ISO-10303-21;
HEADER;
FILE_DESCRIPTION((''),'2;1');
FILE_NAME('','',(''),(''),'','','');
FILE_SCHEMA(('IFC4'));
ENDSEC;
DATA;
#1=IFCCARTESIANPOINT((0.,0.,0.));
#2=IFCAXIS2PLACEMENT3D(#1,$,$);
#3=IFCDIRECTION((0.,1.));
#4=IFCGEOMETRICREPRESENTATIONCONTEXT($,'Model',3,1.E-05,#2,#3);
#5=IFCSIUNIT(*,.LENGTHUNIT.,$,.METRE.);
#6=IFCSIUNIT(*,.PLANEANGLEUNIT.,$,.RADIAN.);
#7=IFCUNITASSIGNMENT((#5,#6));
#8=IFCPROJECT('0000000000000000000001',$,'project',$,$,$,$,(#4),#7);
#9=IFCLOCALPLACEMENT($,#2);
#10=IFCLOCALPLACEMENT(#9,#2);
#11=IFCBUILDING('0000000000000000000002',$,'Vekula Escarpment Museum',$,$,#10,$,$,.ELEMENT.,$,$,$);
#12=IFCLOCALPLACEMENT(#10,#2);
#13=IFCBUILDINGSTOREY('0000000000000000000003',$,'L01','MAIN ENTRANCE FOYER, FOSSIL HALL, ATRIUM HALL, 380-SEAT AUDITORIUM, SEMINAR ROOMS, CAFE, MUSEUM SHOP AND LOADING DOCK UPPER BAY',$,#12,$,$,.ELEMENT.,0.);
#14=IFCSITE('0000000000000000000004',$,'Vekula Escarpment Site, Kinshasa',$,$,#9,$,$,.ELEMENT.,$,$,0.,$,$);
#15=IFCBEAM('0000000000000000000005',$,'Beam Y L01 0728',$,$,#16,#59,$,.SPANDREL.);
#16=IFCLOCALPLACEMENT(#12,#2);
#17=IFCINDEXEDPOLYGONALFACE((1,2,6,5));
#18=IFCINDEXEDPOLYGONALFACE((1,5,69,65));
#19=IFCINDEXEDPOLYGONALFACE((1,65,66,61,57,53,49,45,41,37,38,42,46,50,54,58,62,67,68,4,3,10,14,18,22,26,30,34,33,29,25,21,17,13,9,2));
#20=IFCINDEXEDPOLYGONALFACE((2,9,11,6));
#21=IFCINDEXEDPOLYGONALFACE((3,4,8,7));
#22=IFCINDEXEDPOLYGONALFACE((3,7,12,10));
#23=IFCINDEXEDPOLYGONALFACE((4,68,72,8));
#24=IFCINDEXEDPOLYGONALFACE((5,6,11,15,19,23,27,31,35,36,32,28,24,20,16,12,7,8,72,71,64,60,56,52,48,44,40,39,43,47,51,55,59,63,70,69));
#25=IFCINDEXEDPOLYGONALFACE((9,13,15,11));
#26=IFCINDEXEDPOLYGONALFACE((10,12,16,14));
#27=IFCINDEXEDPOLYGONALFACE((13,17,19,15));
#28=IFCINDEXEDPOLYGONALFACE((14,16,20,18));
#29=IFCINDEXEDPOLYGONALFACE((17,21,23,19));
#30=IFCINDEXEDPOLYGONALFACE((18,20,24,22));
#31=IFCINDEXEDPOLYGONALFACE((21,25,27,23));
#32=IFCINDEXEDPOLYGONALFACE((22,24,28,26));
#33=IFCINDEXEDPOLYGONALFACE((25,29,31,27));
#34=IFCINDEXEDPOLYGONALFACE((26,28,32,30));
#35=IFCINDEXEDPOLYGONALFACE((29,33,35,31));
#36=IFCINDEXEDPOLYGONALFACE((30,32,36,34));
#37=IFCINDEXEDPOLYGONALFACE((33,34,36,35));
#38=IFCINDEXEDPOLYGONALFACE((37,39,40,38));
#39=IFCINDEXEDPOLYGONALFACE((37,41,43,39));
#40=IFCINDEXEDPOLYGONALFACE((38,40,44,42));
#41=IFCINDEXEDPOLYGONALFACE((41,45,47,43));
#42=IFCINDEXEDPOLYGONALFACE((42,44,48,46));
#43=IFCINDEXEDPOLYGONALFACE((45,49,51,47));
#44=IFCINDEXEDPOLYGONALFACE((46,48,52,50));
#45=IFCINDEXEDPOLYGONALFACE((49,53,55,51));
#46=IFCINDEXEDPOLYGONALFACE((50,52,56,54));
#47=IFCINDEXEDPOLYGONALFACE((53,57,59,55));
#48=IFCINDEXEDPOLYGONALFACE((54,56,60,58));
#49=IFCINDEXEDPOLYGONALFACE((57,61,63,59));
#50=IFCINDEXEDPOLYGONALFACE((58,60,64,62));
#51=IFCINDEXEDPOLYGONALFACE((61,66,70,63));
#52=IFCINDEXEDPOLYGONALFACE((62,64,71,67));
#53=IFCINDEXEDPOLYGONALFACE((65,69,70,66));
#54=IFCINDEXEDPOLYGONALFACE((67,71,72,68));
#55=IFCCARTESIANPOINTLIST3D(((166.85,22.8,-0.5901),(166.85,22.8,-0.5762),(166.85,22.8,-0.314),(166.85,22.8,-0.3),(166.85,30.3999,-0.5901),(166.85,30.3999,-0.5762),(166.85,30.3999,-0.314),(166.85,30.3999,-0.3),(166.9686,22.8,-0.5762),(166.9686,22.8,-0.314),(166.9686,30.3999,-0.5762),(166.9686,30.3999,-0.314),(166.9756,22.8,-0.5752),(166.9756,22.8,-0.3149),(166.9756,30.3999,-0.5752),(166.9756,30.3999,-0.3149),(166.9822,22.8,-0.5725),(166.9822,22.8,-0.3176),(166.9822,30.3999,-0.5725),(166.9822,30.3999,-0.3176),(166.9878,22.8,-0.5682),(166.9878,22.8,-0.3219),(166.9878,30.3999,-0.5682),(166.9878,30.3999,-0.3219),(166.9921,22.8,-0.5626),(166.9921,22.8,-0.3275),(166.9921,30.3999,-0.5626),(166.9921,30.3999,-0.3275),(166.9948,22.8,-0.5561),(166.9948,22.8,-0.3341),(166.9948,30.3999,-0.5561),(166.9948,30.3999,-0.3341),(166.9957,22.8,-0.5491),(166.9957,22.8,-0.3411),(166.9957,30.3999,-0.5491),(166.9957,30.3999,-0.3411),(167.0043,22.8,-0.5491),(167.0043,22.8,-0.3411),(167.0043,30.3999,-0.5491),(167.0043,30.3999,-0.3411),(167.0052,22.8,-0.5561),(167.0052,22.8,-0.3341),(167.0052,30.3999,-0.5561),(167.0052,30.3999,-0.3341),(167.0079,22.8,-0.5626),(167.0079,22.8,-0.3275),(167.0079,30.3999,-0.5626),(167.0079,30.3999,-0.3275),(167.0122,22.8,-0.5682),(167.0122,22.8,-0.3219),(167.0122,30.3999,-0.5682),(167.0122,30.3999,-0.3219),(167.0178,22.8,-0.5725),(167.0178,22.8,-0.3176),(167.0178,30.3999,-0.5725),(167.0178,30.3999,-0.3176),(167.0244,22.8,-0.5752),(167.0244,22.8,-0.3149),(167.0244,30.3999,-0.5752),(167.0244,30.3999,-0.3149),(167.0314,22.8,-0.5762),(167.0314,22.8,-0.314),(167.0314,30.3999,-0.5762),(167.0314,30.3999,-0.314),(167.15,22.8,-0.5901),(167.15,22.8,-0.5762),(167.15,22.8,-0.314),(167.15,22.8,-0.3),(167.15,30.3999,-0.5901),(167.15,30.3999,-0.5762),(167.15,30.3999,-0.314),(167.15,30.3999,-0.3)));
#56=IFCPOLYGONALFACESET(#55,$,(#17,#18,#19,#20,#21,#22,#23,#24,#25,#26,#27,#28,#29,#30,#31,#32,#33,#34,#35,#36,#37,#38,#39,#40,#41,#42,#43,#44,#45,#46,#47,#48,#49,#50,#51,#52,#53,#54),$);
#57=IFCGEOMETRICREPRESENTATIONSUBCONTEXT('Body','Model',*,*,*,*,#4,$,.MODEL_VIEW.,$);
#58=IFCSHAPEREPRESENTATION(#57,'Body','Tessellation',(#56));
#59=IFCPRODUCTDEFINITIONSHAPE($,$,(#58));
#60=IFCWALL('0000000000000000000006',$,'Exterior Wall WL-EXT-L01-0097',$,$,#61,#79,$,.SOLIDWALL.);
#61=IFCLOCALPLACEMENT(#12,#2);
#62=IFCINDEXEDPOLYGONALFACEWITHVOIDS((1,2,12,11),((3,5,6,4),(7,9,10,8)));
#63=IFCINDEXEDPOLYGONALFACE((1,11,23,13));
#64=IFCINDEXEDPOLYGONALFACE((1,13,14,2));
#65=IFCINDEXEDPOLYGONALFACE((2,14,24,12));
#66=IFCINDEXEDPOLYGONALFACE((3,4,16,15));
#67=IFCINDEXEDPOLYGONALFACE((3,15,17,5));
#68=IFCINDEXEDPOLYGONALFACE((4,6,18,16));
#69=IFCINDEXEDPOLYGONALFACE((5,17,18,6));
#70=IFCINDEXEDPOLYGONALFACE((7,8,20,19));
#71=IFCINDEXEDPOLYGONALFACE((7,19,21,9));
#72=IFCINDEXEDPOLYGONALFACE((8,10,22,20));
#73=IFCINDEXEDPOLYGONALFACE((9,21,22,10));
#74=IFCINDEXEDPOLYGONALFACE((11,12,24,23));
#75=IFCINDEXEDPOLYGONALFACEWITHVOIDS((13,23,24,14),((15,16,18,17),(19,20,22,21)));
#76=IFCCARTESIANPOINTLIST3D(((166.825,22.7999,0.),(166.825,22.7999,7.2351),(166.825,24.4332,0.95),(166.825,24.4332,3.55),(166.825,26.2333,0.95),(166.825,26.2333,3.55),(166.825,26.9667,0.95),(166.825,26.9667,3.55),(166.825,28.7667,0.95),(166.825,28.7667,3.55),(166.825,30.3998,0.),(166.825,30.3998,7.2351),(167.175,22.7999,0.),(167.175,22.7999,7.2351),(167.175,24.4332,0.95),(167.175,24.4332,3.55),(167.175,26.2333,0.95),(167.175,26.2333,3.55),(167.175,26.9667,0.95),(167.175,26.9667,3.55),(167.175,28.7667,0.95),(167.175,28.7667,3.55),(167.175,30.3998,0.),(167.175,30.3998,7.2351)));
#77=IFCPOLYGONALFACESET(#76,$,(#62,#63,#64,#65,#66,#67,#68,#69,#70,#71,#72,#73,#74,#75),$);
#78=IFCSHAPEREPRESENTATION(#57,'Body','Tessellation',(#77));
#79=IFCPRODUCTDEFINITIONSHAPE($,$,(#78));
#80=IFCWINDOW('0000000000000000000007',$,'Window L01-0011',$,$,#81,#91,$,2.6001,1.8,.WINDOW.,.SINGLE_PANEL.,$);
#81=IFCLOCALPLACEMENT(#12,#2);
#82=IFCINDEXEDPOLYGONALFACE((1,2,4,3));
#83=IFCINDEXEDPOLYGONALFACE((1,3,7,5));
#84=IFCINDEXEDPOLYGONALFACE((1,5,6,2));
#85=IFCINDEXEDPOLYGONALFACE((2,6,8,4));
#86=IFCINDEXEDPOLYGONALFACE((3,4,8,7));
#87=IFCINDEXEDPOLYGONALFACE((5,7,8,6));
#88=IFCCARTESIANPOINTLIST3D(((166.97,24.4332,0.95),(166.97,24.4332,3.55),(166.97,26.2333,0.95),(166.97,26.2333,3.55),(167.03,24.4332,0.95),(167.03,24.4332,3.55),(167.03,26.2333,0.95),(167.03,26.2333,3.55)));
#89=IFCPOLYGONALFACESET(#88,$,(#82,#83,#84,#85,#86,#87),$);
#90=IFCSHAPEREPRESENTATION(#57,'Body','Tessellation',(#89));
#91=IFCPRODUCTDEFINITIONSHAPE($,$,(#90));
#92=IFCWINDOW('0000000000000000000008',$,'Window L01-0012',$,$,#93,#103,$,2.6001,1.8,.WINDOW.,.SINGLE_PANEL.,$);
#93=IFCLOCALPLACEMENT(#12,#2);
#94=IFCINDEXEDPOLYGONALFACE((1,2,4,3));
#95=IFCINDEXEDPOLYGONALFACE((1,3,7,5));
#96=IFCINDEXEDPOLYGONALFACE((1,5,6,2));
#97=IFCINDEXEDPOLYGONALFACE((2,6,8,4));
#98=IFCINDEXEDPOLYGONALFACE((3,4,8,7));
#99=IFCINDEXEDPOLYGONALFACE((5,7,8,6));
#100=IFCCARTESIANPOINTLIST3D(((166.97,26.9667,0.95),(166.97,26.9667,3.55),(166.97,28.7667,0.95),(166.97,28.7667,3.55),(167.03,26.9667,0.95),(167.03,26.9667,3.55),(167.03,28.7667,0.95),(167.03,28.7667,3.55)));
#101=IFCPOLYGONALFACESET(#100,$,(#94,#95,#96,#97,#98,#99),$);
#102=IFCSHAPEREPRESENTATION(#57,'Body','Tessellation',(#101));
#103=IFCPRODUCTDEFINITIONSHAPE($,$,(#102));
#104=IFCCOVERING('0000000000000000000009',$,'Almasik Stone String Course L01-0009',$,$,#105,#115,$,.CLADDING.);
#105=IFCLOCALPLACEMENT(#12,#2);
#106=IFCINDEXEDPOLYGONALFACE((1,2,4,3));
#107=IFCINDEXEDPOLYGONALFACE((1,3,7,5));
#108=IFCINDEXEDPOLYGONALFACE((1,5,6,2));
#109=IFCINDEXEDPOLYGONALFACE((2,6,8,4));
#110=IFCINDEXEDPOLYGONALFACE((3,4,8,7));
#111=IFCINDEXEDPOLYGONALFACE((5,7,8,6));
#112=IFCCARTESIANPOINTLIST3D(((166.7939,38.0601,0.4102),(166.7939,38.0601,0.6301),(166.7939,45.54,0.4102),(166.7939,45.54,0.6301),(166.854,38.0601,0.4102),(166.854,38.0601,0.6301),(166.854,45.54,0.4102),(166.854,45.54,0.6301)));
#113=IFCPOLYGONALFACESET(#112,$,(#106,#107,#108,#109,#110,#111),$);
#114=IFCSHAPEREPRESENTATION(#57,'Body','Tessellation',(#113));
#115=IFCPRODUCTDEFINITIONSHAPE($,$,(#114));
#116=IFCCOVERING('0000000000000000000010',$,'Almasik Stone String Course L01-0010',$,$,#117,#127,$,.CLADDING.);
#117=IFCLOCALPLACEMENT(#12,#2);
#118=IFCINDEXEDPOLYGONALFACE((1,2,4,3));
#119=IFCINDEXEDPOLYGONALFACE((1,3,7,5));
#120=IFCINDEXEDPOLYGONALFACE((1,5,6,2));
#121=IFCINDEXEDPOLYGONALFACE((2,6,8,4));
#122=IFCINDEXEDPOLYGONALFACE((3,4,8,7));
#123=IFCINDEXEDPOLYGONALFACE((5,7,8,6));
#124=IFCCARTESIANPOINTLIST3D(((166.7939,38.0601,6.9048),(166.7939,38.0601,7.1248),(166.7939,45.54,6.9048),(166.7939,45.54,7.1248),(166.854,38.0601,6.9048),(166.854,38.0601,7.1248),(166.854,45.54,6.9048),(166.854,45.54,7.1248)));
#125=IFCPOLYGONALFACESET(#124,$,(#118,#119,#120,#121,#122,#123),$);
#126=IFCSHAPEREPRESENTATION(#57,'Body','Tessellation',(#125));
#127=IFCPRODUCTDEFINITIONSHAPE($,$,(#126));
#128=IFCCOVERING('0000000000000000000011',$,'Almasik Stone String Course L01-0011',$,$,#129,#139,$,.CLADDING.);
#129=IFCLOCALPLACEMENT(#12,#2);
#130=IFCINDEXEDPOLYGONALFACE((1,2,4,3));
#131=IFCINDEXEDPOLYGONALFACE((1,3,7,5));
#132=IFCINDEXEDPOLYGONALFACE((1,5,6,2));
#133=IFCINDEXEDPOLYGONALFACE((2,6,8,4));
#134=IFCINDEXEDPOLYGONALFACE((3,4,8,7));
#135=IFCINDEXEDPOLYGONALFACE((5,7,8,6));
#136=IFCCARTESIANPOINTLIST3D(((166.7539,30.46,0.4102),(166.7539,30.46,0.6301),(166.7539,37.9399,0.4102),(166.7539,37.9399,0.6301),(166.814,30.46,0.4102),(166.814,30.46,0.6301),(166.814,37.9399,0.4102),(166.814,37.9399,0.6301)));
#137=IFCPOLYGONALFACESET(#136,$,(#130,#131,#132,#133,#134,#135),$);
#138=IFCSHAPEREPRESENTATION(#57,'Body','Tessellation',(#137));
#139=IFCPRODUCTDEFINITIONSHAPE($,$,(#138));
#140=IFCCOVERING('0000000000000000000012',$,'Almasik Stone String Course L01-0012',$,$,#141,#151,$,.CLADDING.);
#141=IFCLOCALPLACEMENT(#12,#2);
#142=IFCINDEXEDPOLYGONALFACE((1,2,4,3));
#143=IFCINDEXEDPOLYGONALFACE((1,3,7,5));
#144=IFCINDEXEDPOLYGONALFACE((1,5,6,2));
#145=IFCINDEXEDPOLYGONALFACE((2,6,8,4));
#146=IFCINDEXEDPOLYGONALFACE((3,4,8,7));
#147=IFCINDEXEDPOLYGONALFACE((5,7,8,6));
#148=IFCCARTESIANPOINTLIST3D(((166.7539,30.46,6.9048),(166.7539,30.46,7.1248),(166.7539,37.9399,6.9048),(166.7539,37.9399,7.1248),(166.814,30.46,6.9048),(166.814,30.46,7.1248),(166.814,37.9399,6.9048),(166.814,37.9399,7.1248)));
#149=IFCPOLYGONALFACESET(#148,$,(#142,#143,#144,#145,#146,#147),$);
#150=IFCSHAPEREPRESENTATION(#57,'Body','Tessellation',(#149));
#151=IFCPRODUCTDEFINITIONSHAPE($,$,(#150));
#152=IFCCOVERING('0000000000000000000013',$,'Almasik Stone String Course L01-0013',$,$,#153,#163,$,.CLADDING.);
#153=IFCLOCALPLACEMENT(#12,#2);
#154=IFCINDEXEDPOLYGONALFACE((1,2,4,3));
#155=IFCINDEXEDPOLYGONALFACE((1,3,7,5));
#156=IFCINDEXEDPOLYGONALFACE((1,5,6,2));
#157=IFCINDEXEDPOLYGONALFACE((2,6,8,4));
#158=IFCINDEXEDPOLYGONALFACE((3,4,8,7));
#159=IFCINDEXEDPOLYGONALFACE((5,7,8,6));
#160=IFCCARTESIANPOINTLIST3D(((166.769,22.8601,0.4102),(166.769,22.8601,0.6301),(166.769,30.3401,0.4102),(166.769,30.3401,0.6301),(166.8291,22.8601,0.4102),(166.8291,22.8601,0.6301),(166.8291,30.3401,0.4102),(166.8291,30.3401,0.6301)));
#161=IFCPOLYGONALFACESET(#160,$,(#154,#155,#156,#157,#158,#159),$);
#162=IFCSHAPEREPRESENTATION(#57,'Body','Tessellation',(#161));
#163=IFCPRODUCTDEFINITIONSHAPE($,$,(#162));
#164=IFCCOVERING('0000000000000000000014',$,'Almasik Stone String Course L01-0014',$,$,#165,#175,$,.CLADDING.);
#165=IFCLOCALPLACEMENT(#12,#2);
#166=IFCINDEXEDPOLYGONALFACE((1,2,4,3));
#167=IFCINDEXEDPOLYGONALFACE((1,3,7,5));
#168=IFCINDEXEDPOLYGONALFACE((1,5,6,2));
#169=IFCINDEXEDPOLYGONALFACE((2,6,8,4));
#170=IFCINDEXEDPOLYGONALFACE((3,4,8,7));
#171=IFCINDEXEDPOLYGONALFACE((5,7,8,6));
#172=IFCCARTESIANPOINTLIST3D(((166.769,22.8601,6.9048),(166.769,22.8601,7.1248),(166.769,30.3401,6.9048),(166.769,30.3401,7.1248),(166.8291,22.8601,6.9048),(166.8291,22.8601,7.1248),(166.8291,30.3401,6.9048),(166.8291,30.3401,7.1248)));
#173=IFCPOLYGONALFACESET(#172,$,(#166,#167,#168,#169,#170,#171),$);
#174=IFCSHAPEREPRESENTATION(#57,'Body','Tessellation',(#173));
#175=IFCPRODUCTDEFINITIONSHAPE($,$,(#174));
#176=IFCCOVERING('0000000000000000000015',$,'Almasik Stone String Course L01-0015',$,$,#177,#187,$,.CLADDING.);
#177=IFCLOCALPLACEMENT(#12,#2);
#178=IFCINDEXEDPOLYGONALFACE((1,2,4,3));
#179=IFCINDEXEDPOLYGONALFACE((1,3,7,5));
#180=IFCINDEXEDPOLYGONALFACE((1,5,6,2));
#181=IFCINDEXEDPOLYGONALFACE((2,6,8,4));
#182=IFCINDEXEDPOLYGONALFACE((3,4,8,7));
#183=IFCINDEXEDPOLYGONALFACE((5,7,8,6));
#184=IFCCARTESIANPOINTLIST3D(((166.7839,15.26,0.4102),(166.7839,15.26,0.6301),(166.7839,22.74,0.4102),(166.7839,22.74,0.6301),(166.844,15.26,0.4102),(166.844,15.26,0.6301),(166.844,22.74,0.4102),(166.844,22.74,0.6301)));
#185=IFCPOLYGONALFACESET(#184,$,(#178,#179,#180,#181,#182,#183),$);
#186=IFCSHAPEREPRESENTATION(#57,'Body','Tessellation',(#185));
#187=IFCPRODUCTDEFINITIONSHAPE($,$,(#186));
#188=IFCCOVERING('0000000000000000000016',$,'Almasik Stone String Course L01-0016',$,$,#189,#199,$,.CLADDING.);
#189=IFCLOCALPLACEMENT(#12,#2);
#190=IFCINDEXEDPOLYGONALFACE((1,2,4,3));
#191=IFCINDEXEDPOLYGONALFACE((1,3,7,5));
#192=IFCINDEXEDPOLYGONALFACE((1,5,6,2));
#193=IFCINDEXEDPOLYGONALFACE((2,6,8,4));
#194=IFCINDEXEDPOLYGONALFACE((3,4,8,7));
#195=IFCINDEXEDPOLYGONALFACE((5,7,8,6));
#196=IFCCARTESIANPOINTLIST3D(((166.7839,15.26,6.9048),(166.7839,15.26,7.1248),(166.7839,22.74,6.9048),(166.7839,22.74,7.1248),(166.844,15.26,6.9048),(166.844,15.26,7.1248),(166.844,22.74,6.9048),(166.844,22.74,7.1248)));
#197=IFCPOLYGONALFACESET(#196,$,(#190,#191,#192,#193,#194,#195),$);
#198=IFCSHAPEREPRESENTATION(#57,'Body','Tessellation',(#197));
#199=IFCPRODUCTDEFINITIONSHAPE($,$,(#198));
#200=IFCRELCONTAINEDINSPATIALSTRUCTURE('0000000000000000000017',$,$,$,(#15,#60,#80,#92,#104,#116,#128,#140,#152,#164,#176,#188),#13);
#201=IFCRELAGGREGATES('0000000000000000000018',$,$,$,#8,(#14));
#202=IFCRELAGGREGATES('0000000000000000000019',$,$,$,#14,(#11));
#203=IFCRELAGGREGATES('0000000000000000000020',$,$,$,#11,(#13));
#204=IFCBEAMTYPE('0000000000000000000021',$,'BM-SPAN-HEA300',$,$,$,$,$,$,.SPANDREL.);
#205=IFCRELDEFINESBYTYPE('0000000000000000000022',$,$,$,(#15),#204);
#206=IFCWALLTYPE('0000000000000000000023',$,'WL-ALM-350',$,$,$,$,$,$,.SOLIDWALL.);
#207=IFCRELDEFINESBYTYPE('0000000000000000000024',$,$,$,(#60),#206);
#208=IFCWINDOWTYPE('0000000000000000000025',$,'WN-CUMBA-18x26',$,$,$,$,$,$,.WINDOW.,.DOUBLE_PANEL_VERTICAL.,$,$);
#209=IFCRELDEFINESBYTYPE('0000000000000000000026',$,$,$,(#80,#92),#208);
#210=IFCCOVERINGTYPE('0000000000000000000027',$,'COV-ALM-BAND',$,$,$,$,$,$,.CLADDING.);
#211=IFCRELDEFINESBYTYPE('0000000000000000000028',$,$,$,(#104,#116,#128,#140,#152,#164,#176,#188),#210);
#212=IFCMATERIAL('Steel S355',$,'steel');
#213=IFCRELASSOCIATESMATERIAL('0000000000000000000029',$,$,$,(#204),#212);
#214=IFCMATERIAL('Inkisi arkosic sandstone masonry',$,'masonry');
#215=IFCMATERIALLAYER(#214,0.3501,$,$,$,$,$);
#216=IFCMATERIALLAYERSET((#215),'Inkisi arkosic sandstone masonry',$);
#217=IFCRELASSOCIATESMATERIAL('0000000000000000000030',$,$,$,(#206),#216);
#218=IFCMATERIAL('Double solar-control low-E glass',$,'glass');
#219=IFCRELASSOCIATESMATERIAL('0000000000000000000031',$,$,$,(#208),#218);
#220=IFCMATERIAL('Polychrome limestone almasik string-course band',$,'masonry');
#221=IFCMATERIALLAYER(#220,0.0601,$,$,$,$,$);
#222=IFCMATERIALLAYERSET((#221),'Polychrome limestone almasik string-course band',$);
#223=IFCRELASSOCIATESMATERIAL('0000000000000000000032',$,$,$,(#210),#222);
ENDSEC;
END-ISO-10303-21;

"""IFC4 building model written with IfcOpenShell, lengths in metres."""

from ifc_helpers import new_model, si_unit, direction, frame, frame_2d, origin, origin_2d, place, context, subcontext, project, spatial, rectangle, i_section, extrude, material, layer, layer_set, material_profile, profile_set, type_object, element, fill, save


model = new_model("IFC4")

# Units and contexts
model_context = context("Model", 3, precision=1e-05, world=origin(), true_north=direction((0.0, 1.0)))
body_context = subcontext(model_context, "Body", "Model", "MODEL_VIEW")
ifc_project = project(units=[si_unit("LENGTHUNIT", "METRE"), si_unit("PLANEANGLEUNIT", "RADIAN")], contexts=[model_context])

# Site, building, storey
site_placement = place(None, origin())
site = spatial("IfcSite", under=ifc_project, at=site_placement, Name="Vekula Escarpment Site, Kinshasa", CompositionType="ELEMENT", RefElevation=0.0)
building_placement = place(site_placement, origin())
building = spatial("IfcBuilding", under=site, at=building_placement, Name="Vekula Escarpment Museum", CompositionType="ELEMENT")
storey_placement = place(building_placement, origin())
storey = spatial("IfcBuildingStorey", under=building, at=storey_placement, Name="L01", Description="MAIN ENTRANCE FOYER, FOSSIL HALL, ATRIUM HALL, 380-SEAT AUDITORIUM, SEMINAR ROOMS, CAFE, MUSEUM SHOP AND LOADING DOCK UPPER BAY", CompositionType="ELEMENT", Elevation=0.0)

# Beam
ifc_material_1 = material(Name="Steel S355", Category="steel")
ifc_material_profile_1 = material_profile(ifc_material_1, i_section(OverallWidth=0.3, OverallDepth=0.29, WebThickness=0.0085, FlangeThickness=0.0139, FilletRadius=0.0271, at=origin_2d()), Name="HEA 300")
ifc_profile_set_1 = profile_set([ifc_material_profile_1], Name="Steel S355")
beam_type_1 = type_object("IfcBeamType", Name="BM-SPAN-HEA300", PredefinedType="SPANDREL", material=ifc_profile_set_1)
beam_1_placement = place(storey_placement, frame((167.0, 22.8, -0.4451), z_axis=(0.0, 1.0, 0.0), x_axis=(-1.0, 0.0, 0.0)))
element("IfcBeam", 1, at=beam_1_placement, inside=storey, type_object=beam_type_1, Name="Beam Y L01 0728", PredefinedType="SPANDREL", context=body_context, shape_type="SweptSolid", body=[
    extrude(i_section(OverallWidth=0.3, OverallDepth=0.29, WebThickness=0.0085, FlangeThickness=0.0139, FilletRadius=0.0271, at=origin_2d()), origin(), (0.0, 0.0, 1.0), 7.5999),
])

# Wall, openings, windows
ifc_material_2 = material(Name="Inkisi arkosic sandstone masonry", Category="masonry")
ifc_layer_1 = layer(ifc_material_2, 0.3501)
ifc_layer_set_1 = layer_set([ifc_layer_1], Name="Inkisi arkosic sandstone masonry")
wall_type = type_object("IfcWallType", Name="WL-ALM-350", PredefinedType="SOLIDWALL", material=ifc_layer_set_1)
wall_placement = place(storey_placement, frame((167.0, 22.8, 0.0), z_axis=(0.0, 0.0, 1.0), x_axis=(0.0, 1.0, 0.0)))
wall = element("IfcWall", 2, at=wall_placement, inside=storey, type_object=wall_type, Name="Exterior Wall WL-EXT-L01-0097", PredefinedType="SOLIDWALL", context=body_context, shape_type="SweptSolid", body=[
    extrude(rectangle(XDim=7.5999, YDim=0.3501, at=frame_2d((3.7998, 0.0))), origin(), (0.0, 0.0, 1.0), 7.2351),
])
opening_1_placement = place(wall_placement, frame((1.6333, 0.0, 0.95)))
opening_1 = element("IfcOpeningElement", 3, at=opening_1_placement, cuts=wall, PredefinedType="OPENING", context=body_context, shape_type="SweptSolid", body=[
    extrude(rectangle(XDim=1.8, YDim=2.6001, at=frame_2d((0.8999, 1.3))), frame((0.0, 0.1851, 0.0), z_axis=(0.0, -1.0, 0.0), x_axis=(1.0, 0.0, 0.0)), (0.0, 0.0, 1.0), 0.3701),
])
opening_2_placement = place(wall_placement, frame((4.1667, 0.0, 0.95)))
opening_2 = element("IfcOpeningElement", 4, at=opening_2_placement, cuts=wall, PredefinedType="OPENING", context=body_context, shape_type="SweptSolid", body=[
    extrude(rectangle(XDim=1.8, YDim=2.6001, at=frame_2d((0.8999, 1.3))), frame((0.0, 0.1851, 0.0), z_axis=(0.0, -1.0, 0.0), x_axis=(1.0, 0.0, 0.0)), (0.0, 0.0, 1.0), 0.3701),
])
ifc_material_3 = material(Name="Double solar-control low-E glass", Category="glass")
window_type = type_object("IfcWindowType", Name="WN-CUMBA-18x26", PartitioningType="DOUBLE_PANEL_VERTICAL", PredefinedType="WINDOW", material=ifc_material_3)
window_1_placement = place(opening_1_placement, origin())
window_1 = element("IfcWindow", 5, at=window_1_placement, inside=storey, type_object=window_type, Name="Window L01-0011", OverallHeight=2.6001, OverallWidth=1.8, PartitioningType="SINGLE_PANEL", PredefinedType="WINDOW", context=body_context, shape_type="SweptSolid", body=[
    extrude(rectangle(XDim=1.8, YDim=2.6001, at=frame_2d((0.8999, 1.3))), frame((0.0, 0.03, 0.0), z_axis=(0.0, -1.0, 0.0), x_axis=(1.0, 0.0, 0.0)), (0.0, 0.0, 1.0), 0.0601),
])
fill(opening_1, window_1)
window_2_placement = place(opening_2_placement, origin())
window_2 = element("IfcWindow", 6, at=window_2_placement, inside=storey, type_object=window_type, Name="Window L01-0012", OverallHeight=2.6001, OverallWidth=1.8, PartitioningType="SINGLE_PANEL", PredefinedType="WINDOW", context=body_context, shape_type="SweptSolid", body=[
    extrude(rectangle(XDim=1.8, YDim=2.6001, at=frame_2d((0.8999, 1.3))), frame((0.0, 0.03, 0.0), z_axis=(0.0, -1.0, 0.0), x_axis=(1.0, 0.0, 0.0)), (0.0, 0.0, 1.0), 0.0601),
])
fill(opening_2, window_2)

# Coverings
ifc_material_4 = material(Name="Polychrome limestone almasik string-course band", Category="masonry")
ifc_layer_2 = layer(ifc_material_4, 0.0601)
ifc_layer_set_2 = layer_set([ifc_layer_2], Name="Polychrome limestone almasik string-course band")
covering_type = type_object("IfcCoveringType", Name="COV-ALM-BAND", PredefinedType="CLADDING", material=ifc_layer_set_2)
for number, where, z_axis, x_axis, name in (
    (7, (166.824, 41.8, 0.4102), (0.0, 0.0, 1.0), (0.0, 1.0, 0.0), "Almasik Stone String Course L01-0009"),
    (8, (166.824, 41.8, 6.9048), (0.0, 0.0, 1.0), (0.0, 1.0, 0.0), "Almasik Stone String Course L01-0010"),
    (9, (166.7839, 34.2, 0.4102), (0.0, 0.0, 1.0), (0.0, 1.0, 0.0), "Almasik Stone String Course L01-0011"),
    (10, (166.7839, 34.2, 6.9048), (0.0, 0.0, 1.0), (0.0, 1.0, 0.0), "Almasik Stone String Course L01-0012"),
    (11, (166.7991, 26.6001, 0.4102), (0.0, 0.0, 1.0), (0.0, 1.0, 0.0), "Almasik Stone String Course L01-0013"),
    (12, (166.7991, 26.6001, 6.9048), (0.0, 0.0, 1.0), (0.0, 1.0, 0.0), "Almasik Stone String Course L01-0014"),
    (13, (166.814, 19.0, 0.4102), (0.0, 0.0, 1.0), (0.0, 1.0, 0.0), "Almasik Stone String Course L01-0015"),
    (14, (166.814, 19.0, 6.9048), (0.0, 0.0, 1.0), (0.0, 1.0, 0.0), "Almasik Stone String Course L01-0016"),
):
    element("IfcCovering", number, at=place(storey_placement, frame(where, z_axis=z_axis, x_axis=x_axis)), inside=storey, type_object=covering_type, Name=name, PredefinedType="CLADDING", context=body_context, shape_type="SweptSolid", body=[
        extrude(rectangle(XDim=7.48, YDim=0.0601, at=origin_2d()), origin(), (0.0, 0.0, 1.0), 0.22),
    ])

save(model, "model.ifc")
